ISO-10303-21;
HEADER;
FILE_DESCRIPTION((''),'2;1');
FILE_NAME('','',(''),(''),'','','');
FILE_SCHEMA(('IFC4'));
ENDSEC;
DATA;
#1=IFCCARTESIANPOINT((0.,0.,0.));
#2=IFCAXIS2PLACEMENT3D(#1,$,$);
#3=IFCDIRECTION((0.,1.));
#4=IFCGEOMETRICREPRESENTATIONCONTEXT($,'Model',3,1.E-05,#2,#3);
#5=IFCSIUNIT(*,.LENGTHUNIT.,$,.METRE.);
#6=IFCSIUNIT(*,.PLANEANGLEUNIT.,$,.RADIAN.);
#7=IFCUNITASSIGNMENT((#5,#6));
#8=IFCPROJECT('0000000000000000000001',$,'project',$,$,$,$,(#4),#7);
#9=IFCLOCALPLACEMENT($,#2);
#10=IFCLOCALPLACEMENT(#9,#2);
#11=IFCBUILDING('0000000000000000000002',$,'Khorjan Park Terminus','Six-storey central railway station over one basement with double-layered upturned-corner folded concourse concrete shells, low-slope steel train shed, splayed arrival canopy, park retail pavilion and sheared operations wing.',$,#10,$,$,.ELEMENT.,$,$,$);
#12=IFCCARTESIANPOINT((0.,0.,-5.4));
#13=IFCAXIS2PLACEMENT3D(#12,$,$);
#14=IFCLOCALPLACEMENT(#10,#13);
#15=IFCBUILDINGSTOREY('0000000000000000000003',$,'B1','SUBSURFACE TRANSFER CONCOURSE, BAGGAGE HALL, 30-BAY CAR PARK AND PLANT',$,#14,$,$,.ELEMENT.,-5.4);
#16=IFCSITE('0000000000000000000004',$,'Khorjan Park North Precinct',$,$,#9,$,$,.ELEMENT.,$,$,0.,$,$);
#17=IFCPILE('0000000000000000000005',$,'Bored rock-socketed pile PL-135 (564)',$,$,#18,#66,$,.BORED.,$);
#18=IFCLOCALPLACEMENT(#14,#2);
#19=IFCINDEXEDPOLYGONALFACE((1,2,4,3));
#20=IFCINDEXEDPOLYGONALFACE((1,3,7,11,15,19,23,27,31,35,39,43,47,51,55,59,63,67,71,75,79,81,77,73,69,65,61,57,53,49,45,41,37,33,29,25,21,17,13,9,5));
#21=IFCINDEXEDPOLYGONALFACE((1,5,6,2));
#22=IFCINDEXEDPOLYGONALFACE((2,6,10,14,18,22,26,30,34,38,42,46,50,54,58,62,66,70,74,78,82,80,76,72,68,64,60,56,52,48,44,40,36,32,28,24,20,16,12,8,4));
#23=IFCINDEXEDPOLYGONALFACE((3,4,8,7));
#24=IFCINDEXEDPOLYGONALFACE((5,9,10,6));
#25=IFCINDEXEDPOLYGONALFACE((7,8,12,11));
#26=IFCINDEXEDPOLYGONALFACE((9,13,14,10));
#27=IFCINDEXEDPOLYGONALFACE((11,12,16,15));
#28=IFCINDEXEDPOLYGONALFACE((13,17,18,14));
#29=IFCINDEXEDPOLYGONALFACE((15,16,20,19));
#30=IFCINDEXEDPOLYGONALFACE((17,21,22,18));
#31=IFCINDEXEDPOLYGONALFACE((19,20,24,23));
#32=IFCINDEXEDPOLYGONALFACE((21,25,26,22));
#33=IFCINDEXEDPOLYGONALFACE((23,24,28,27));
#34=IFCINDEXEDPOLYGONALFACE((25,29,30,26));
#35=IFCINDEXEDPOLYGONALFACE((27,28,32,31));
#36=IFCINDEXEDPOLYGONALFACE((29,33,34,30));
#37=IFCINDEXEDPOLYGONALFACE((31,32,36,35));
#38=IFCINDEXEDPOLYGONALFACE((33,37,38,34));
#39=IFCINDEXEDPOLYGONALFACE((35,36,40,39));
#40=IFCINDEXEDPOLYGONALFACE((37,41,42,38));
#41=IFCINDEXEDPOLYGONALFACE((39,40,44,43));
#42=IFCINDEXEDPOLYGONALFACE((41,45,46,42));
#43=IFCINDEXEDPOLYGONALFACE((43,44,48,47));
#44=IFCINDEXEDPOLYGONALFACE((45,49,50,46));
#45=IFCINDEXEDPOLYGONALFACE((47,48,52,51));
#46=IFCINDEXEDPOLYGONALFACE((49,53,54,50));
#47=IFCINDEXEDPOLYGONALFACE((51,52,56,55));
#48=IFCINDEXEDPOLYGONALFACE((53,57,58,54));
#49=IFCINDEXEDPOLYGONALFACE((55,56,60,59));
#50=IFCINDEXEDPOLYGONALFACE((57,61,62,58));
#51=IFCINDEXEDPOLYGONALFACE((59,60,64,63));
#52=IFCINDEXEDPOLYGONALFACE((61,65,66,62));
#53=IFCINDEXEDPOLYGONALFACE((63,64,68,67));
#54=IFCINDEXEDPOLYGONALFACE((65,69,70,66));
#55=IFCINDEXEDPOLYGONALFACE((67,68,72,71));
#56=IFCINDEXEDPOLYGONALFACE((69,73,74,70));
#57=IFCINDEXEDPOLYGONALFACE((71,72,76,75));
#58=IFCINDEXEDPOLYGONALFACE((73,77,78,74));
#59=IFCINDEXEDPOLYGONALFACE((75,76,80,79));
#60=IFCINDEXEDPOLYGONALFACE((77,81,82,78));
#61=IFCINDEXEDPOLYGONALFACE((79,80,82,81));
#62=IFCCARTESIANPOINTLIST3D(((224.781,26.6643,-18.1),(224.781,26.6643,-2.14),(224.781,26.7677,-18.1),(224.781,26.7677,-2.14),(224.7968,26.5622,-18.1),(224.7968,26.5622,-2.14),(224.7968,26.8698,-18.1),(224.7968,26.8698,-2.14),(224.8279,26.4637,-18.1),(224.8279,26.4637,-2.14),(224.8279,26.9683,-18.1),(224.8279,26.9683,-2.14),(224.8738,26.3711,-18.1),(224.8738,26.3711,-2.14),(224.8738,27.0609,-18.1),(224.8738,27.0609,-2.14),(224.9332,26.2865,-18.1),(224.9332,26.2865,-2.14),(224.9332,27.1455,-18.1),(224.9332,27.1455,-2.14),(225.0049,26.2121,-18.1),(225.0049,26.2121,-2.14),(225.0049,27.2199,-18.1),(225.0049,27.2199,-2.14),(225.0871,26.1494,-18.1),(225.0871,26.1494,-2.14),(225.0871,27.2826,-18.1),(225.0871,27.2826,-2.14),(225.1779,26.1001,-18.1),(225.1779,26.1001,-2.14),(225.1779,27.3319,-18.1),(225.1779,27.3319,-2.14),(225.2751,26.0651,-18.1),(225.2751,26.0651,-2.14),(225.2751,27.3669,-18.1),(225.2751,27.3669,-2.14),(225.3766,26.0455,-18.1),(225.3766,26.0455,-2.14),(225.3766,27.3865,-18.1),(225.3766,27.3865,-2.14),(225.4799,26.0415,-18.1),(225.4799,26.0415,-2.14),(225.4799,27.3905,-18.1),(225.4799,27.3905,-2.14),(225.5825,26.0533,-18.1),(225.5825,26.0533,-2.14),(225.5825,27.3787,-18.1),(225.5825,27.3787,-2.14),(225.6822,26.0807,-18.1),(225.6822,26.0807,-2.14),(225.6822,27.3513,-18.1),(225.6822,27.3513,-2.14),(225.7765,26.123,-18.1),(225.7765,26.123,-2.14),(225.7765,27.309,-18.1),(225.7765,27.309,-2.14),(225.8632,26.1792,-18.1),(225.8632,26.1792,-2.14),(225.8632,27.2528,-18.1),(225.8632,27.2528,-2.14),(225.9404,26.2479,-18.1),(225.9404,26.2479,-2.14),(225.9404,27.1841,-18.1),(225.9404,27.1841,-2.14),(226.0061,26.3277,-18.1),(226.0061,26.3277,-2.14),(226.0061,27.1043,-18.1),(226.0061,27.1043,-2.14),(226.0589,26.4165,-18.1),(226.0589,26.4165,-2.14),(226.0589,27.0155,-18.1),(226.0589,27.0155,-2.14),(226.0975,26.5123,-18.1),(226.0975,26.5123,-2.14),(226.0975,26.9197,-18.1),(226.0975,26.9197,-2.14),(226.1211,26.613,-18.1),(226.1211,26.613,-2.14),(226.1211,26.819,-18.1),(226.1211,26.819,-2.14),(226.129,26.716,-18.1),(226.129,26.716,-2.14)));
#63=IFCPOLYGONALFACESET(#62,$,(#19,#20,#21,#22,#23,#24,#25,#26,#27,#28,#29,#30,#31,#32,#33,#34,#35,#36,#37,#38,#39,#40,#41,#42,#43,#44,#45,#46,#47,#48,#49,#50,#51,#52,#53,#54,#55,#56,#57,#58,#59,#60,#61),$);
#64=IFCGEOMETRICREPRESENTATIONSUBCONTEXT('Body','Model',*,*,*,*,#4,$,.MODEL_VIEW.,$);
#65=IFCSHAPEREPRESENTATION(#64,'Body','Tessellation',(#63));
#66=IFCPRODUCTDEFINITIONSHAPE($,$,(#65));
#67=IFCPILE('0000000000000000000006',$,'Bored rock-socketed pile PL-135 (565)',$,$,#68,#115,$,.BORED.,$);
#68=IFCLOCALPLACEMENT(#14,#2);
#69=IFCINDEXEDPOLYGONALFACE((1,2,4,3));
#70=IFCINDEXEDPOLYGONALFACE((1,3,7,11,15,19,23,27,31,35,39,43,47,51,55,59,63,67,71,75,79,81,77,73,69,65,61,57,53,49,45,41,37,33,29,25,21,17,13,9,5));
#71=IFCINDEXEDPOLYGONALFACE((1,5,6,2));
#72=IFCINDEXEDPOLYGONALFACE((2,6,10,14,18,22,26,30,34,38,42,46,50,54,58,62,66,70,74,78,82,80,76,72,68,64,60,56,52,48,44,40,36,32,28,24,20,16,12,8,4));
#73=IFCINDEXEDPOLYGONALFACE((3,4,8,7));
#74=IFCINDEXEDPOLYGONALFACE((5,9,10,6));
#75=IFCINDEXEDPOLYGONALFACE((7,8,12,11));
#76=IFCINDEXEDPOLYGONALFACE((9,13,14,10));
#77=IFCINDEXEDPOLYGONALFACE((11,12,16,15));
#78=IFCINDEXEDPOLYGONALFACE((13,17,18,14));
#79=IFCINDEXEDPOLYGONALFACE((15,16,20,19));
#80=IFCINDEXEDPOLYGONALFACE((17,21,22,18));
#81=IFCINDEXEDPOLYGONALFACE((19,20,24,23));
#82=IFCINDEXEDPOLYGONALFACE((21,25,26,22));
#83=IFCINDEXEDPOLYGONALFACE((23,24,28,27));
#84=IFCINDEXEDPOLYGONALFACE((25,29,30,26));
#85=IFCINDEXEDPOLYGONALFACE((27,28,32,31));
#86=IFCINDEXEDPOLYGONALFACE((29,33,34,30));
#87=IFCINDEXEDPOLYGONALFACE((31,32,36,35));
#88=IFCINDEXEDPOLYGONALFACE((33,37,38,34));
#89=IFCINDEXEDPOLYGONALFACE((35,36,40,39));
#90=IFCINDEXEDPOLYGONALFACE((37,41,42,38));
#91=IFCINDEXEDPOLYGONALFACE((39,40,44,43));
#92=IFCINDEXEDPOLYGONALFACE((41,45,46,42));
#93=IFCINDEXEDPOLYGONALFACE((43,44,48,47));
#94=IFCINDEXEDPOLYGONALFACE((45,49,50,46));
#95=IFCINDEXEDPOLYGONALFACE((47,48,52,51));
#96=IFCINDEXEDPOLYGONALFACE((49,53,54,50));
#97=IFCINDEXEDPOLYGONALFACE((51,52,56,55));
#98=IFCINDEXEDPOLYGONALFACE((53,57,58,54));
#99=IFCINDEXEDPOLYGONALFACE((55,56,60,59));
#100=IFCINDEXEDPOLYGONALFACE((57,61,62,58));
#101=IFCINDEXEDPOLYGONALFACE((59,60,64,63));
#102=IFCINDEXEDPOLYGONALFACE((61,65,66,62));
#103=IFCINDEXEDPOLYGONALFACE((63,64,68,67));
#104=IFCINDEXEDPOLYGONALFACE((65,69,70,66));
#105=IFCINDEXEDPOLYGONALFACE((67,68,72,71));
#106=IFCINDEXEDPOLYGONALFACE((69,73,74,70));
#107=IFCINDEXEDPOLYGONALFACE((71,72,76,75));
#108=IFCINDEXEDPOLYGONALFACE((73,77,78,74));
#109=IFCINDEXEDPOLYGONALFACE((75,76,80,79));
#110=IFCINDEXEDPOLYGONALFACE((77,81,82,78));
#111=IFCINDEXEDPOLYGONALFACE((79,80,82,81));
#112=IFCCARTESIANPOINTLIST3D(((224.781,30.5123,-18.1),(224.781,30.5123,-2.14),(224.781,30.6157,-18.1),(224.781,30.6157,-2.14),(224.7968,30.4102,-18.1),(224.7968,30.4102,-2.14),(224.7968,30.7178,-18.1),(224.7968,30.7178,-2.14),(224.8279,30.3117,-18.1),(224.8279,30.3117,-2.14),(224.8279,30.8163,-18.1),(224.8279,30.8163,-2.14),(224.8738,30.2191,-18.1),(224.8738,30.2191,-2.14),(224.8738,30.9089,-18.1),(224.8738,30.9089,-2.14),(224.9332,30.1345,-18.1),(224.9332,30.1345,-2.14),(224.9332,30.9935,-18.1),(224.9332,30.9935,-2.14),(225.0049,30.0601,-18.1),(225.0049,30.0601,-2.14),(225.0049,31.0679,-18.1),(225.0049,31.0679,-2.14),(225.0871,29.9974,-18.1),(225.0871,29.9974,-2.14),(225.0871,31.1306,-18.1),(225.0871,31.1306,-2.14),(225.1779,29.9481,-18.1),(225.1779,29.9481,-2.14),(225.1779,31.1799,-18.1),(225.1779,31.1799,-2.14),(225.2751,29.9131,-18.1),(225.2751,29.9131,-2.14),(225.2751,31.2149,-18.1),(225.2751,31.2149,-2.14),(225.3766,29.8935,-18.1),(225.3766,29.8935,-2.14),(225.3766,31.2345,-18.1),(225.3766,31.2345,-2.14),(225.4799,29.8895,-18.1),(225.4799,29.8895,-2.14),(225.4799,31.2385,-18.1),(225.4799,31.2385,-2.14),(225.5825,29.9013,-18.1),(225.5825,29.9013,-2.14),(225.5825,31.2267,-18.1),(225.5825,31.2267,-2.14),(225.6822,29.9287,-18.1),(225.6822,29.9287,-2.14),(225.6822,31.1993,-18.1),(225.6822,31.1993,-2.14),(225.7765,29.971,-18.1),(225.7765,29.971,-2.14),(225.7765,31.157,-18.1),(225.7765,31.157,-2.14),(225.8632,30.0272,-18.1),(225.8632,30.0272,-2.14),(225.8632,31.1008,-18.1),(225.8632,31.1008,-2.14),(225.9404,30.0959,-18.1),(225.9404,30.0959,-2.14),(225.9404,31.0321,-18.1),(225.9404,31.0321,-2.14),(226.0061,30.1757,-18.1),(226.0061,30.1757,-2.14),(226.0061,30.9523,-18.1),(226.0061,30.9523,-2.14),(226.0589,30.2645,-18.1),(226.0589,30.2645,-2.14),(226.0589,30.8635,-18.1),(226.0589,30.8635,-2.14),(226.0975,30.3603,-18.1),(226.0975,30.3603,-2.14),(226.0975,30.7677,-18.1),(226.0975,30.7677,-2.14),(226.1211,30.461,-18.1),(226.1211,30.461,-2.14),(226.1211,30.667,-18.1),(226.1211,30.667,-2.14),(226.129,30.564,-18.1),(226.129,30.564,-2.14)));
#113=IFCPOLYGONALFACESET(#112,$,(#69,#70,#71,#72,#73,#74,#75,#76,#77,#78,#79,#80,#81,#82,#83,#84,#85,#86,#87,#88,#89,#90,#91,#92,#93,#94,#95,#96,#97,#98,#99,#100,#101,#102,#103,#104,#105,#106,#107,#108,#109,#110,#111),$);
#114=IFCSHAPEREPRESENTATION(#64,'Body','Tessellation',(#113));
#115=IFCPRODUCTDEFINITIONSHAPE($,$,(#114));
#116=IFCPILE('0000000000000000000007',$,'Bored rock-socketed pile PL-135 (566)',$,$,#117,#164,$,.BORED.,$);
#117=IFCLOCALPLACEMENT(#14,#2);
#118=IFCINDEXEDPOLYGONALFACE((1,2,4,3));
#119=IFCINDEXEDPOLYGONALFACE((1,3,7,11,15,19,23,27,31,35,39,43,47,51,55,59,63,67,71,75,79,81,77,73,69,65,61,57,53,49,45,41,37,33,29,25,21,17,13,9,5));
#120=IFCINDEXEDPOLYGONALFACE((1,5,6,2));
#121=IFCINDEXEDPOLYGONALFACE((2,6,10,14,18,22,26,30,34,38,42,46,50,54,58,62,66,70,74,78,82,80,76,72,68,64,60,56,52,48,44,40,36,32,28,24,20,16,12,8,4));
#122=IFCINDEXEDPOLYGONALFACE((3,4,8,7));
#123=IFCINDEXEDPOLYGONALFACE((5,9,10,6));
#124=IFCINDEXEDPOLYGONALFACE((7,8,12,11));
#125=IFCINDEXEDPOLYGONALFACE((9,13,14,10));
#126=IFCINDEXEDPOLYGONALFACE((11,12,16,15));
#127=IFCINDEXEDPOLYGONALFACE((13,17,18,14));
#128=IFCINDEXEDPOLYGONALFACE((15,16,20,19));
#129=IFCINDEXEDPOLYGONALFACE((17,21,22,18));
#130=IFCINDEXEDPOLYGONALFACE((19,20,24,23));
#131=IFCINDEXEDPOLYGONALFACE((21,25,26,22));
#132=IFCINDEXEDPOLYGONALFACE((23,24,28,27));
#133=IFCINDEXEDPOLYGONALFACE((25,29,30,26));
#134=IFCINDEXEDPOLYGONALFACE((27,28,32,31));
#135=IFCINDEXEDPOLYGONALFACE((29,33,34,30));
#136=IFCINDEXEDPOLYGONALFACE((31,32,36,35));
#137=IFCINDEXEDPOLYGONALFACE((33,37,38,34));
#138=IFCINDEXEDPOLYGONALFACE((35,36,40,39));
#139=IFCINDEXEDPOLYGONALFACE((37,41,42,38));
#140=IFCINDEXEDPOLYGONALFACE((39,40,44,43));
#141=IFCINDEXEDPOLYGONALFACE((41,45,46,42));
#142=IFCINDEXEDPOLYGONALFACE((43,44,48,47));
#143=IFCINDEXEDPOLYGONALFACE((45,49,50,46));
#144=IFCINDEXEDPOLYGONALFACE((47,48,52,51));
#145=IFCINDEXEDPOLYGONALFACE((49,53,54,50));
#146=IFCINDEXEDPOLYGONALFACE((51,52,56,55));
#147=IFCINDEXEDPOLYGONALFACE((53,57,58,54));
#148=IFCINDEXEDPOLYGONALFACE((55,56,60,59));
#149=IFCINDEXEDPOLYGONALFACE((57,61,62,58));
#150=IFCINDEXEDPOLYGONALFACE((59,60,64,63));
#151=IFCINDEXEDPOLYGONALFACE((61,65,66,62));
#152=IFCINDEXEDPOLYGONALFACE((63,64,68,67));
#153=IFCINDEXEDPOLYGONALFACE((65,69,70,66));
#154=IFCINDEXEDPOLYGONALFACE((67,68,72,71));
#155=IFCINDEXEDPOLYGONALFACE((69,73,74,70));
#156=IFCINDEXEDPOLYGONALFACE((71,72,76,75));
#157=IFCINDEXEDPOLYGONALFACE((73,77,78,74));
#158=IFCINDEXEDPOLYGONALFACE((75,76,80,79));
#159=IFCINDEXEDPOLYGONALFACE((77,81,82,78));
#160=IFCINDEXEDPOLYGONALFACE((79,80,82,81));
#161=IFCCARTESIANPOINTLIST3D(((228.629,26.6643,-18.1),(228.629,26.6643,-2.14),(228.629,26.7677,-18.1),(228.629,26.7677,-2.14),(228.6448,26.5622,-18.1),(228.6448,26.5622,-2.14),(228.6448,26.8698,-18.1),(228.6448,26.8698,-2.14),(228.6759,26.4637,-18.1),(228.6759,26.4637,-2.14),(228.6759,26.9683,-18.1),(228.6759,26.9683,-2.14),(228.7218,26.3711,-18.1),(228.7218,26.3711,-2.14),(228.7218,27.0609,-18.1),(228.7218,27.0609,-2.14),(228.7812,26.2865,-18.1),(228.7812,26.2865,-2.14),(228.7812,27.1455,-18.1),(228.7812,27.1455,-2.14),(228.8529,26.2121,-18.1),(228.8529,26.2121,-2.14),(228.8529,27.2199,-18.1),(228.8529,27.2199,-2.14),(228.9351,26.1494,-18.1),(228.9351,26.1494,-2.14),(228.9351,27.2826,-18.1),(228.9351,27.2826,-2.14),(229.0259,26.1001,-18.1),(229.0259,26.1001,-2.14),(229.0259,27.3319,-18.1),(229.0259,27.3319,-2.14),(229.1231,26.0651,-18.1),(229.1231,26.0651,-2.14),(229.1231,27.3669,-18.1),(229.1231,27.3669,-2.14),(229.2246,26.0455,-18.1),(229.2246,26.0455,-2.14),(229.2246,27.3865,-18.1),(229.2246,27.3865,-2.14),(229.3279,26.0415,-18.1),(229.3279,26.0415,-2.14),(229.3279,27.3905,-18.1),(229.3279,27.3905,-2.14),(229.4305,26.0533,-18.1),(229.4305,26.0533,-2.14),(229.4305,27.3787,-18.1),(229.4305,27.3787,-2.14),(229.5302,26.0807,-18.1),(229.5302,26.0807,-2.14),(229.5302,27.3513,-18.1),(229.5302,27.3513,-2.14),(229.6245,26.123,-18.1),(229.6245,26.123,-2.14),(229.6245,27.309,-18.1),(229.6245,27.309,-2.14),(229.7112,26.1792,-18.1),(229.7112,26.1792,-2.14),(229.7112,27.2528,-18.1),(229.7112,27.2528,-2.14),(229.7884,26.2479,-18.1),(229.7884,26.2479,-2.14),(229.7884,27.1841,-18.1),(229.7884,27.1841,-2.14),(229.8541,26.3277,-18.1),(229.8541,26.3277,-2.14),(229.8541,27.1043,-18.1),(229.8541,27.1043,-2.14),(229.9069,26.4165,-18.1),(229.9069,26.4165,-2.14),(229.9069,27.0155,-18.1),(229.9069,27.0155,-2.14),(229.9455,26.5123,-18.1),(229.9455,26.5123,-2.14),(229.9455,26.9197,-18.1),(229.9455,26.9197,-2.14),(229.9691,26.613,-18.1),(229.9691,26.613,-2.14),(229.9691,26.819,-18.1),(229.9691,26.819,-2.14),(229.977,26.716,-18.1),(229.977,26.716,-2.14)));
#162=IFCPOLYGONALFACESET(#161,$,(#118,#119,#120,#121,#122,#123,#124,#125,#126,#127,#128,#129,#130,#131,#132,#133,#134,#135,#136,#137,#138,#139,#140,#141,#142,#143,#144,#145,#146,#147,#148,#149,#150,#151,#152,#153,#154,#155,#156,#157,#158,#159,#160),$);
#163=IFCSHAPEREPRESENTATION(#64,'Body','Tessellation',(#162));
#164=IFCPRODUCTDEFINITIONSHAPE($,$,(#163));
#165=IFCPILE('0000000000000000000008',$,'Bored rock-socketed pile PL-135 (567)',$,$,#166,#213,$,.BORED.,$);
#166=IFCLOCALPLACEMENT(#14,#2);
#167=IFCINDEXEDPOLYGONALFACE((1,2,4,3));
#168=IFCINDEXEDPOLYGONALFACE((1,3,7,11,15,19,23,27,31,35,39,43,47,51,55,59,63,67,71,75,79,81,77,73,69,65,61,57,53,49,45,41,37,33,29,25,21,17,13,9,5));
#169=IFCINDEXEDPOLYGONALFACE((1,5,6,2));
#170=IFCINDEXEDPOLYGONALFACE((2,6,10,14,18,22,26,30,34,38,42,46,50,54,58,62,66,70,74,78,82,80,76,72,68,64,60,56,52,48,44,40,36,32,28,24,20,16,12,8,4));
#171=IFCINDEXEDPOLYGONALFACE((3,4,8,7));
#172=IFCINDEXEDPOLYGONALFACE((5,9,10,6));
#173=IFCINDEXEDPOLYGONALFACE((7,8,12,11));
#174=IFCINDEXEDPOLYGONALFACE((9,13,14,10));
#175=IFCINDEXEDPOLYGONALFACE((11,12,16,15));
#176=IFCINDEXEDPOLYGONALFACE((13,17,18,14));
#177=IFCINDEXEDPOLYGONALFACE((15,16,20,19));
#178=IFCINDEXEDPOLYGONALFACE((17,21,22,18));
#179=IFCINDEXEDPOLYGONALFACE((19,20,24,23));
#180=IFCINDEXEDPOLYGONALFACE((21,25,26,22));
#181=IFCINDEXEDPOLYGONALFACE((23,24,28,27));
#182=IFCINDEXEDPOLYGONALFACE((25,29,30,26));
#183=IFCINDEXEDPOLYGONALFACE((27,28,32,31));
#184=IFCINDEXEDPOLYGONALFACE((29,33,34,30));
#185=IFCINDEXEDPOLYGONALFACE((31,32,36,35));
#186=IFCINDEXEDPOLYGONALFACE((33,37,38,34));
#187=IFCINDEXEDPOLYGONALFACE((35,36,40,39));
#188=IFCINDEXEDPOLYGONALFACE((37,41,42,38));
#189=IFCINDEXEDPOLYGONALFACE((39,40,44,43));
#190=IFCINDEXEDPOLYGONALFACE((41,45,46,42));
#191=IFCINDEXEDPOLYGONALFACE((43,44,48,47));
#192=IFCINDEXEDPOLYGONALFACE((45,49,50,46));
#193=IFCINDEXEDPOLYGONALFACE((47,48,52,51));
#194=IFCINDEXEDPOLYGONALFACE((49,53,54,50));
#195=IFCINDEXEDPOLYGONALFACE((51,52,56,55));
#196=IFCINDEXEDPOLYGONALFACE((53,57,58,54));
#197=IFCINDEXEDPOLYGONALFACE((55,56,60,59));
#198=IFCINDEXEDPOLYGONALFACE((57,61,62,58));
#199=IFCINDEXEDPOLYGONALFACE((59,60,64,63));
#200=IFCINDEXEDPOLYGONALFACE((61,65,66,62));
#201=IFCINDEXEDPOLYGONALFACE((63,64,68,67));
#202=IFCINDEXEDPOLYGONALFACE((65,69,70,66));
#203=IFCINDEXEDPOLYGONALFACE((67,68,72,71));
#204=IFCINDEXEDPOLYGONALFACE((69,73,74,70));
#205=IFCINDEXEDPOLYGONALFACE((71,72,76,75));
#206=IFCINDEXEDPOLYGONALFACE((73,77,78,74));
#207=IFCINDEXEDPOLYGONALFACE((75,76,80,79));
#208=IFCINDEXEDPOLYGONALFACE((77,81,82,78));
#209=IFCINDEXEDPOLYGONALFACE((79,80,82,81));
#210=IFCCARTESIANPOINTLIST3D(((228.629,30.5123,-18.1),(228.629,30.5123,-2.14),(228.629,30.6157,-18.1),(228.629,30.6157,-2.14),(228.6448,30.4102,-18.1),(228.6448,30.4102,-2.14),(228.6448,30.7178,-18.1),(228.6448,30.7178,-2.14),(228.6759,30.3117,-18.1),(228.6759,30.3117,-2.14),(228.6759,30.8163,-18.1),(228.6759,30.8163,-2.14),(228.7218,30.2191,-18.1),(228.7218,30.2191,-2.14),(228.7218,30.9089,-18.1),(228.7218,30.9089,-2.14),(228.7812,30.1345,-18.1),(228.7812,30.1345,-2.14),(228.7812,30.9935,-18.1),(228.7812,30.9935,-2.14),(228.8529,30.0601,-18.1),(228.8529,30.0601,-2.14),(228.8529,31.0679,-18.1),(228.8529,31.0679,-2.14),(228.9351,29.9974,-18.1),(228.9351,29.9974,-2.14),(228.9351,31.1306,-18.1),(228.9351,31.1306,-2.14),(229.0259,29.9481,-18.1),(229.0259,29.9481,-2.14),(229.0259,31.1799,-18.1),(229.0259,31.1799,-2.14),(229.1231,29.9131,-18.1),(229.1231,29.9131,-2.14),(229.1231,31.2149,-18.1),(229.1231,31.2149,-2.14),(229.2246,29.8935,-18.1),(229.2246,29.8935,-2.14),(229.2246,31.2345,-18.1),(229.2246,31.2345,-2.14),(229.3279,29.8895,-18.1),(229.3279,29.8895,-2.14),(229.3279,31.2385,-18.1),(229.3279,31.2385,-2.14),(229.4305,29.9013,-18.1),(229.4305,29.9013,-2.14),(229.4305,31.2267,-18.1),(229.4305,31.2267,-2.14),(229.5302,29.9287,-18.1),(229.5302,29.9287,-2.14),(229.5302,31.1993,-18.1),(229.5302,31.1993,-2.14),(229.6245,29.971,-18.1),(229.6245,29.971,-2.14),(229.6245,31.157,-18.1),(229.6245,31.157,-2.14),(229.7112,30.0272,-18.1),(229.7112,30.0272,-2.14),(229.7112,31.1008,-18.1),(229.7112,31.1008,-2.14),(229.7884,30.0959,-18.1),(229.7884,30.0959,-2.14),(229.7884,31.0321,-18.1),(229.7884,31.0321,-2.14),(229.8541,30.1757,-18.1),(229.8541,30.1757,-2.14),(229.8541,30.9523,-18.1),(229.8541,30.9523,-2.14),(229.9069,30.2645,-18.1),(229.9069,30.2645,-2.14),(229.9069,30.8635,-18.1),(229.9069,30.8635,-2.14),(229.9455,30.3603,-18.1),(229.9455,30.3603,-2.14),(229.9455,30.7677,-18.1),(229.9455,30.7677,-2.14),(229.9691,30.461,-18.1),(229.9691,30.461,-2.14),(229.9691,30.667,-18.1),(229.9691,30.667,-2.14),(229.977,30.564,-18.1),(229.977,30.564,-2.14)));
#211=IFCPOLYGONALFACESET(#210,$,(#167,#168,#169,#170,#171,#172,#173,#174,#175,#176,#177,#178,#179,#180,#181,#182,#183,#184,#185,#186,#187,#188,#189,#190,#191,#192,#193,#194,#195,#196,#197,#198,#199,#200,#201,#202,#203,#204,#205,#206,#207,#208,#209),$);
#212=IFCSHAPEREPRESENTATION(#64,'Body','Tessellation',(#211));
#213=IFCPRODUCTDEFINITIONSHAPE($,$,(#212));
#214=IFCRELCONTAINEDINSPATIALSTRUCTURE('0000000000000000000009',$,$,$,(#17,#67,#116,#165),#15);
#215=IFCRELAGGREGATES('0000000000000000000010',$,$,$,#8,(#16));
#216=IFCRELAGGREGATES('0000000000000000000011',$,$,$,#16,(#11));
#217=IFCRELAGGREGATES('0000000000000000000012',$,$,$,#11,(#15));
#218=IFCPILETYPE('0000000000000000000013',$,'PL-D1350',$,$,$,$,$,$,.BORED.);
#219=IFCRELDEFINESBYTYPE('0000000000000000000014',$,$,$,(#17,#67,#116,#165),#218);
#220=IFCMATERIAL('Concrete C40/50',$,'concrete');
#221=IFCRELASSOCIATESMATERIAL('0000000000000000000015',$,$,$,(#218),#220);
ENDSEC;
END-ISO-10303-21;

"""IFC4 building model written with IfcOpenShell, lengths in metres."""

from ifc_helpers import new_model, si_unit, direction, frame, origin, origin_2d, place, context, subcontext, project, spatial, circle, extrude, material, material_profile, profile_set, type_object, element, save


model = new_model("IFC4")

# Units and contexts
model_context = context("Model", 3, precision=1e-05, world=origin(), true_north=direction((0.0, 1.0)))
body_context = subcontext(model_context, "Body", "Model", "MODEL_VIEW")
ifc_project = project(units=[si_unit("LENGTHUNIT", "METRE"), si_unit("PLANEANGLEUNIT", "RADIAN")], contexts=[model_context])

# Site, building, storey
site_placement = place(None, origin())
site = spatial("IfcSite", under=ifc_project, at=site_placement, Name="Khorjan Park North Precinct", CompositionType="ELEMENT", RefElevation=0.0)
building_placement = place(site_placement, origin())
building = spatial("IfcBuilding", under=site, at=building_placement, Name="Khorjan Park Terminus", Description="Six-storey central railway station over one basement with double-layered upturned-corner folded concourse concrete shells, low-slope steel train shed, splayed arrival canopy, park retail pavilion and sheared operations wing.", CompositionType="ELEMENT")
storey_placement = place(building_placement, frame((0.0, 0.0, -5.4)))
storey = spatial("IfcBuildingStorey", under=building, at=storey_placement, Name="B1", Description="SUBSURFACE TRANSFER CONCOURSE, BAGGAGE HALL, 30-BAY CAR PARK AND PLANT", CompositionType="ELEMENT", Elevation=-5.4)

# Piles
ifc_material_1 = material(Name="Concrete C40/50", Category="concrete")
ifc_material_profile_1 = material_profile(ifc_material_1, circle(Radius=0.675, at=origin_2d()), Name="BORED D1350")
ifc_profile_set_1 = profile_set([ifc_material_profile_1], Name="Concrete C40/50")
pile_type = type_object("IfcPileType", Name="PL-D1350", PredefinedType="BORED", material=ifc_profile_set_1)
for number, where, z_axis, x_axis, name in (
    (1, (225.454, 26.716, -2.14), (0.0, 0.0, -1.0), (1.0, 0.0, 0.0), "Bored rock-socketed pile PL-135 (564)"),
    (2, (225.454, 30.564, -2.14), (0.0, 0.0, -1.0), (1.0, 0.0, 0.0), "Bored rock-socketed pile PL-135 (565)"),
    (3, (229.302, 26.716, -2.14), (0.0, 0.0, -1.0), (1.0, 0.0, 0.0), "Bored rock-socketed pile PL-135 (566)"),
    (4, (229.302, 30.564, -2.14), (0.0, 0.0, -1.0), (1.0, 0.0, 0.0), "Bored rock-socketed pile PL-135 (567)"),
):
    element("IfcPile", number, at=place(storey_placement, frame(where, z_axis=z_axis, x_axis=x_axis)), inside=storey, type_object=pile_type, Name=name, PredefinedType="BORED", context=body_context, shape_type="SweptSolid", body=[
        extrude(circle(Radius=0.675, at=origin_2d()), origin(), (0.0, 0.0, 1.0), 15.96),
    ])

save(model, "model.ifc")
